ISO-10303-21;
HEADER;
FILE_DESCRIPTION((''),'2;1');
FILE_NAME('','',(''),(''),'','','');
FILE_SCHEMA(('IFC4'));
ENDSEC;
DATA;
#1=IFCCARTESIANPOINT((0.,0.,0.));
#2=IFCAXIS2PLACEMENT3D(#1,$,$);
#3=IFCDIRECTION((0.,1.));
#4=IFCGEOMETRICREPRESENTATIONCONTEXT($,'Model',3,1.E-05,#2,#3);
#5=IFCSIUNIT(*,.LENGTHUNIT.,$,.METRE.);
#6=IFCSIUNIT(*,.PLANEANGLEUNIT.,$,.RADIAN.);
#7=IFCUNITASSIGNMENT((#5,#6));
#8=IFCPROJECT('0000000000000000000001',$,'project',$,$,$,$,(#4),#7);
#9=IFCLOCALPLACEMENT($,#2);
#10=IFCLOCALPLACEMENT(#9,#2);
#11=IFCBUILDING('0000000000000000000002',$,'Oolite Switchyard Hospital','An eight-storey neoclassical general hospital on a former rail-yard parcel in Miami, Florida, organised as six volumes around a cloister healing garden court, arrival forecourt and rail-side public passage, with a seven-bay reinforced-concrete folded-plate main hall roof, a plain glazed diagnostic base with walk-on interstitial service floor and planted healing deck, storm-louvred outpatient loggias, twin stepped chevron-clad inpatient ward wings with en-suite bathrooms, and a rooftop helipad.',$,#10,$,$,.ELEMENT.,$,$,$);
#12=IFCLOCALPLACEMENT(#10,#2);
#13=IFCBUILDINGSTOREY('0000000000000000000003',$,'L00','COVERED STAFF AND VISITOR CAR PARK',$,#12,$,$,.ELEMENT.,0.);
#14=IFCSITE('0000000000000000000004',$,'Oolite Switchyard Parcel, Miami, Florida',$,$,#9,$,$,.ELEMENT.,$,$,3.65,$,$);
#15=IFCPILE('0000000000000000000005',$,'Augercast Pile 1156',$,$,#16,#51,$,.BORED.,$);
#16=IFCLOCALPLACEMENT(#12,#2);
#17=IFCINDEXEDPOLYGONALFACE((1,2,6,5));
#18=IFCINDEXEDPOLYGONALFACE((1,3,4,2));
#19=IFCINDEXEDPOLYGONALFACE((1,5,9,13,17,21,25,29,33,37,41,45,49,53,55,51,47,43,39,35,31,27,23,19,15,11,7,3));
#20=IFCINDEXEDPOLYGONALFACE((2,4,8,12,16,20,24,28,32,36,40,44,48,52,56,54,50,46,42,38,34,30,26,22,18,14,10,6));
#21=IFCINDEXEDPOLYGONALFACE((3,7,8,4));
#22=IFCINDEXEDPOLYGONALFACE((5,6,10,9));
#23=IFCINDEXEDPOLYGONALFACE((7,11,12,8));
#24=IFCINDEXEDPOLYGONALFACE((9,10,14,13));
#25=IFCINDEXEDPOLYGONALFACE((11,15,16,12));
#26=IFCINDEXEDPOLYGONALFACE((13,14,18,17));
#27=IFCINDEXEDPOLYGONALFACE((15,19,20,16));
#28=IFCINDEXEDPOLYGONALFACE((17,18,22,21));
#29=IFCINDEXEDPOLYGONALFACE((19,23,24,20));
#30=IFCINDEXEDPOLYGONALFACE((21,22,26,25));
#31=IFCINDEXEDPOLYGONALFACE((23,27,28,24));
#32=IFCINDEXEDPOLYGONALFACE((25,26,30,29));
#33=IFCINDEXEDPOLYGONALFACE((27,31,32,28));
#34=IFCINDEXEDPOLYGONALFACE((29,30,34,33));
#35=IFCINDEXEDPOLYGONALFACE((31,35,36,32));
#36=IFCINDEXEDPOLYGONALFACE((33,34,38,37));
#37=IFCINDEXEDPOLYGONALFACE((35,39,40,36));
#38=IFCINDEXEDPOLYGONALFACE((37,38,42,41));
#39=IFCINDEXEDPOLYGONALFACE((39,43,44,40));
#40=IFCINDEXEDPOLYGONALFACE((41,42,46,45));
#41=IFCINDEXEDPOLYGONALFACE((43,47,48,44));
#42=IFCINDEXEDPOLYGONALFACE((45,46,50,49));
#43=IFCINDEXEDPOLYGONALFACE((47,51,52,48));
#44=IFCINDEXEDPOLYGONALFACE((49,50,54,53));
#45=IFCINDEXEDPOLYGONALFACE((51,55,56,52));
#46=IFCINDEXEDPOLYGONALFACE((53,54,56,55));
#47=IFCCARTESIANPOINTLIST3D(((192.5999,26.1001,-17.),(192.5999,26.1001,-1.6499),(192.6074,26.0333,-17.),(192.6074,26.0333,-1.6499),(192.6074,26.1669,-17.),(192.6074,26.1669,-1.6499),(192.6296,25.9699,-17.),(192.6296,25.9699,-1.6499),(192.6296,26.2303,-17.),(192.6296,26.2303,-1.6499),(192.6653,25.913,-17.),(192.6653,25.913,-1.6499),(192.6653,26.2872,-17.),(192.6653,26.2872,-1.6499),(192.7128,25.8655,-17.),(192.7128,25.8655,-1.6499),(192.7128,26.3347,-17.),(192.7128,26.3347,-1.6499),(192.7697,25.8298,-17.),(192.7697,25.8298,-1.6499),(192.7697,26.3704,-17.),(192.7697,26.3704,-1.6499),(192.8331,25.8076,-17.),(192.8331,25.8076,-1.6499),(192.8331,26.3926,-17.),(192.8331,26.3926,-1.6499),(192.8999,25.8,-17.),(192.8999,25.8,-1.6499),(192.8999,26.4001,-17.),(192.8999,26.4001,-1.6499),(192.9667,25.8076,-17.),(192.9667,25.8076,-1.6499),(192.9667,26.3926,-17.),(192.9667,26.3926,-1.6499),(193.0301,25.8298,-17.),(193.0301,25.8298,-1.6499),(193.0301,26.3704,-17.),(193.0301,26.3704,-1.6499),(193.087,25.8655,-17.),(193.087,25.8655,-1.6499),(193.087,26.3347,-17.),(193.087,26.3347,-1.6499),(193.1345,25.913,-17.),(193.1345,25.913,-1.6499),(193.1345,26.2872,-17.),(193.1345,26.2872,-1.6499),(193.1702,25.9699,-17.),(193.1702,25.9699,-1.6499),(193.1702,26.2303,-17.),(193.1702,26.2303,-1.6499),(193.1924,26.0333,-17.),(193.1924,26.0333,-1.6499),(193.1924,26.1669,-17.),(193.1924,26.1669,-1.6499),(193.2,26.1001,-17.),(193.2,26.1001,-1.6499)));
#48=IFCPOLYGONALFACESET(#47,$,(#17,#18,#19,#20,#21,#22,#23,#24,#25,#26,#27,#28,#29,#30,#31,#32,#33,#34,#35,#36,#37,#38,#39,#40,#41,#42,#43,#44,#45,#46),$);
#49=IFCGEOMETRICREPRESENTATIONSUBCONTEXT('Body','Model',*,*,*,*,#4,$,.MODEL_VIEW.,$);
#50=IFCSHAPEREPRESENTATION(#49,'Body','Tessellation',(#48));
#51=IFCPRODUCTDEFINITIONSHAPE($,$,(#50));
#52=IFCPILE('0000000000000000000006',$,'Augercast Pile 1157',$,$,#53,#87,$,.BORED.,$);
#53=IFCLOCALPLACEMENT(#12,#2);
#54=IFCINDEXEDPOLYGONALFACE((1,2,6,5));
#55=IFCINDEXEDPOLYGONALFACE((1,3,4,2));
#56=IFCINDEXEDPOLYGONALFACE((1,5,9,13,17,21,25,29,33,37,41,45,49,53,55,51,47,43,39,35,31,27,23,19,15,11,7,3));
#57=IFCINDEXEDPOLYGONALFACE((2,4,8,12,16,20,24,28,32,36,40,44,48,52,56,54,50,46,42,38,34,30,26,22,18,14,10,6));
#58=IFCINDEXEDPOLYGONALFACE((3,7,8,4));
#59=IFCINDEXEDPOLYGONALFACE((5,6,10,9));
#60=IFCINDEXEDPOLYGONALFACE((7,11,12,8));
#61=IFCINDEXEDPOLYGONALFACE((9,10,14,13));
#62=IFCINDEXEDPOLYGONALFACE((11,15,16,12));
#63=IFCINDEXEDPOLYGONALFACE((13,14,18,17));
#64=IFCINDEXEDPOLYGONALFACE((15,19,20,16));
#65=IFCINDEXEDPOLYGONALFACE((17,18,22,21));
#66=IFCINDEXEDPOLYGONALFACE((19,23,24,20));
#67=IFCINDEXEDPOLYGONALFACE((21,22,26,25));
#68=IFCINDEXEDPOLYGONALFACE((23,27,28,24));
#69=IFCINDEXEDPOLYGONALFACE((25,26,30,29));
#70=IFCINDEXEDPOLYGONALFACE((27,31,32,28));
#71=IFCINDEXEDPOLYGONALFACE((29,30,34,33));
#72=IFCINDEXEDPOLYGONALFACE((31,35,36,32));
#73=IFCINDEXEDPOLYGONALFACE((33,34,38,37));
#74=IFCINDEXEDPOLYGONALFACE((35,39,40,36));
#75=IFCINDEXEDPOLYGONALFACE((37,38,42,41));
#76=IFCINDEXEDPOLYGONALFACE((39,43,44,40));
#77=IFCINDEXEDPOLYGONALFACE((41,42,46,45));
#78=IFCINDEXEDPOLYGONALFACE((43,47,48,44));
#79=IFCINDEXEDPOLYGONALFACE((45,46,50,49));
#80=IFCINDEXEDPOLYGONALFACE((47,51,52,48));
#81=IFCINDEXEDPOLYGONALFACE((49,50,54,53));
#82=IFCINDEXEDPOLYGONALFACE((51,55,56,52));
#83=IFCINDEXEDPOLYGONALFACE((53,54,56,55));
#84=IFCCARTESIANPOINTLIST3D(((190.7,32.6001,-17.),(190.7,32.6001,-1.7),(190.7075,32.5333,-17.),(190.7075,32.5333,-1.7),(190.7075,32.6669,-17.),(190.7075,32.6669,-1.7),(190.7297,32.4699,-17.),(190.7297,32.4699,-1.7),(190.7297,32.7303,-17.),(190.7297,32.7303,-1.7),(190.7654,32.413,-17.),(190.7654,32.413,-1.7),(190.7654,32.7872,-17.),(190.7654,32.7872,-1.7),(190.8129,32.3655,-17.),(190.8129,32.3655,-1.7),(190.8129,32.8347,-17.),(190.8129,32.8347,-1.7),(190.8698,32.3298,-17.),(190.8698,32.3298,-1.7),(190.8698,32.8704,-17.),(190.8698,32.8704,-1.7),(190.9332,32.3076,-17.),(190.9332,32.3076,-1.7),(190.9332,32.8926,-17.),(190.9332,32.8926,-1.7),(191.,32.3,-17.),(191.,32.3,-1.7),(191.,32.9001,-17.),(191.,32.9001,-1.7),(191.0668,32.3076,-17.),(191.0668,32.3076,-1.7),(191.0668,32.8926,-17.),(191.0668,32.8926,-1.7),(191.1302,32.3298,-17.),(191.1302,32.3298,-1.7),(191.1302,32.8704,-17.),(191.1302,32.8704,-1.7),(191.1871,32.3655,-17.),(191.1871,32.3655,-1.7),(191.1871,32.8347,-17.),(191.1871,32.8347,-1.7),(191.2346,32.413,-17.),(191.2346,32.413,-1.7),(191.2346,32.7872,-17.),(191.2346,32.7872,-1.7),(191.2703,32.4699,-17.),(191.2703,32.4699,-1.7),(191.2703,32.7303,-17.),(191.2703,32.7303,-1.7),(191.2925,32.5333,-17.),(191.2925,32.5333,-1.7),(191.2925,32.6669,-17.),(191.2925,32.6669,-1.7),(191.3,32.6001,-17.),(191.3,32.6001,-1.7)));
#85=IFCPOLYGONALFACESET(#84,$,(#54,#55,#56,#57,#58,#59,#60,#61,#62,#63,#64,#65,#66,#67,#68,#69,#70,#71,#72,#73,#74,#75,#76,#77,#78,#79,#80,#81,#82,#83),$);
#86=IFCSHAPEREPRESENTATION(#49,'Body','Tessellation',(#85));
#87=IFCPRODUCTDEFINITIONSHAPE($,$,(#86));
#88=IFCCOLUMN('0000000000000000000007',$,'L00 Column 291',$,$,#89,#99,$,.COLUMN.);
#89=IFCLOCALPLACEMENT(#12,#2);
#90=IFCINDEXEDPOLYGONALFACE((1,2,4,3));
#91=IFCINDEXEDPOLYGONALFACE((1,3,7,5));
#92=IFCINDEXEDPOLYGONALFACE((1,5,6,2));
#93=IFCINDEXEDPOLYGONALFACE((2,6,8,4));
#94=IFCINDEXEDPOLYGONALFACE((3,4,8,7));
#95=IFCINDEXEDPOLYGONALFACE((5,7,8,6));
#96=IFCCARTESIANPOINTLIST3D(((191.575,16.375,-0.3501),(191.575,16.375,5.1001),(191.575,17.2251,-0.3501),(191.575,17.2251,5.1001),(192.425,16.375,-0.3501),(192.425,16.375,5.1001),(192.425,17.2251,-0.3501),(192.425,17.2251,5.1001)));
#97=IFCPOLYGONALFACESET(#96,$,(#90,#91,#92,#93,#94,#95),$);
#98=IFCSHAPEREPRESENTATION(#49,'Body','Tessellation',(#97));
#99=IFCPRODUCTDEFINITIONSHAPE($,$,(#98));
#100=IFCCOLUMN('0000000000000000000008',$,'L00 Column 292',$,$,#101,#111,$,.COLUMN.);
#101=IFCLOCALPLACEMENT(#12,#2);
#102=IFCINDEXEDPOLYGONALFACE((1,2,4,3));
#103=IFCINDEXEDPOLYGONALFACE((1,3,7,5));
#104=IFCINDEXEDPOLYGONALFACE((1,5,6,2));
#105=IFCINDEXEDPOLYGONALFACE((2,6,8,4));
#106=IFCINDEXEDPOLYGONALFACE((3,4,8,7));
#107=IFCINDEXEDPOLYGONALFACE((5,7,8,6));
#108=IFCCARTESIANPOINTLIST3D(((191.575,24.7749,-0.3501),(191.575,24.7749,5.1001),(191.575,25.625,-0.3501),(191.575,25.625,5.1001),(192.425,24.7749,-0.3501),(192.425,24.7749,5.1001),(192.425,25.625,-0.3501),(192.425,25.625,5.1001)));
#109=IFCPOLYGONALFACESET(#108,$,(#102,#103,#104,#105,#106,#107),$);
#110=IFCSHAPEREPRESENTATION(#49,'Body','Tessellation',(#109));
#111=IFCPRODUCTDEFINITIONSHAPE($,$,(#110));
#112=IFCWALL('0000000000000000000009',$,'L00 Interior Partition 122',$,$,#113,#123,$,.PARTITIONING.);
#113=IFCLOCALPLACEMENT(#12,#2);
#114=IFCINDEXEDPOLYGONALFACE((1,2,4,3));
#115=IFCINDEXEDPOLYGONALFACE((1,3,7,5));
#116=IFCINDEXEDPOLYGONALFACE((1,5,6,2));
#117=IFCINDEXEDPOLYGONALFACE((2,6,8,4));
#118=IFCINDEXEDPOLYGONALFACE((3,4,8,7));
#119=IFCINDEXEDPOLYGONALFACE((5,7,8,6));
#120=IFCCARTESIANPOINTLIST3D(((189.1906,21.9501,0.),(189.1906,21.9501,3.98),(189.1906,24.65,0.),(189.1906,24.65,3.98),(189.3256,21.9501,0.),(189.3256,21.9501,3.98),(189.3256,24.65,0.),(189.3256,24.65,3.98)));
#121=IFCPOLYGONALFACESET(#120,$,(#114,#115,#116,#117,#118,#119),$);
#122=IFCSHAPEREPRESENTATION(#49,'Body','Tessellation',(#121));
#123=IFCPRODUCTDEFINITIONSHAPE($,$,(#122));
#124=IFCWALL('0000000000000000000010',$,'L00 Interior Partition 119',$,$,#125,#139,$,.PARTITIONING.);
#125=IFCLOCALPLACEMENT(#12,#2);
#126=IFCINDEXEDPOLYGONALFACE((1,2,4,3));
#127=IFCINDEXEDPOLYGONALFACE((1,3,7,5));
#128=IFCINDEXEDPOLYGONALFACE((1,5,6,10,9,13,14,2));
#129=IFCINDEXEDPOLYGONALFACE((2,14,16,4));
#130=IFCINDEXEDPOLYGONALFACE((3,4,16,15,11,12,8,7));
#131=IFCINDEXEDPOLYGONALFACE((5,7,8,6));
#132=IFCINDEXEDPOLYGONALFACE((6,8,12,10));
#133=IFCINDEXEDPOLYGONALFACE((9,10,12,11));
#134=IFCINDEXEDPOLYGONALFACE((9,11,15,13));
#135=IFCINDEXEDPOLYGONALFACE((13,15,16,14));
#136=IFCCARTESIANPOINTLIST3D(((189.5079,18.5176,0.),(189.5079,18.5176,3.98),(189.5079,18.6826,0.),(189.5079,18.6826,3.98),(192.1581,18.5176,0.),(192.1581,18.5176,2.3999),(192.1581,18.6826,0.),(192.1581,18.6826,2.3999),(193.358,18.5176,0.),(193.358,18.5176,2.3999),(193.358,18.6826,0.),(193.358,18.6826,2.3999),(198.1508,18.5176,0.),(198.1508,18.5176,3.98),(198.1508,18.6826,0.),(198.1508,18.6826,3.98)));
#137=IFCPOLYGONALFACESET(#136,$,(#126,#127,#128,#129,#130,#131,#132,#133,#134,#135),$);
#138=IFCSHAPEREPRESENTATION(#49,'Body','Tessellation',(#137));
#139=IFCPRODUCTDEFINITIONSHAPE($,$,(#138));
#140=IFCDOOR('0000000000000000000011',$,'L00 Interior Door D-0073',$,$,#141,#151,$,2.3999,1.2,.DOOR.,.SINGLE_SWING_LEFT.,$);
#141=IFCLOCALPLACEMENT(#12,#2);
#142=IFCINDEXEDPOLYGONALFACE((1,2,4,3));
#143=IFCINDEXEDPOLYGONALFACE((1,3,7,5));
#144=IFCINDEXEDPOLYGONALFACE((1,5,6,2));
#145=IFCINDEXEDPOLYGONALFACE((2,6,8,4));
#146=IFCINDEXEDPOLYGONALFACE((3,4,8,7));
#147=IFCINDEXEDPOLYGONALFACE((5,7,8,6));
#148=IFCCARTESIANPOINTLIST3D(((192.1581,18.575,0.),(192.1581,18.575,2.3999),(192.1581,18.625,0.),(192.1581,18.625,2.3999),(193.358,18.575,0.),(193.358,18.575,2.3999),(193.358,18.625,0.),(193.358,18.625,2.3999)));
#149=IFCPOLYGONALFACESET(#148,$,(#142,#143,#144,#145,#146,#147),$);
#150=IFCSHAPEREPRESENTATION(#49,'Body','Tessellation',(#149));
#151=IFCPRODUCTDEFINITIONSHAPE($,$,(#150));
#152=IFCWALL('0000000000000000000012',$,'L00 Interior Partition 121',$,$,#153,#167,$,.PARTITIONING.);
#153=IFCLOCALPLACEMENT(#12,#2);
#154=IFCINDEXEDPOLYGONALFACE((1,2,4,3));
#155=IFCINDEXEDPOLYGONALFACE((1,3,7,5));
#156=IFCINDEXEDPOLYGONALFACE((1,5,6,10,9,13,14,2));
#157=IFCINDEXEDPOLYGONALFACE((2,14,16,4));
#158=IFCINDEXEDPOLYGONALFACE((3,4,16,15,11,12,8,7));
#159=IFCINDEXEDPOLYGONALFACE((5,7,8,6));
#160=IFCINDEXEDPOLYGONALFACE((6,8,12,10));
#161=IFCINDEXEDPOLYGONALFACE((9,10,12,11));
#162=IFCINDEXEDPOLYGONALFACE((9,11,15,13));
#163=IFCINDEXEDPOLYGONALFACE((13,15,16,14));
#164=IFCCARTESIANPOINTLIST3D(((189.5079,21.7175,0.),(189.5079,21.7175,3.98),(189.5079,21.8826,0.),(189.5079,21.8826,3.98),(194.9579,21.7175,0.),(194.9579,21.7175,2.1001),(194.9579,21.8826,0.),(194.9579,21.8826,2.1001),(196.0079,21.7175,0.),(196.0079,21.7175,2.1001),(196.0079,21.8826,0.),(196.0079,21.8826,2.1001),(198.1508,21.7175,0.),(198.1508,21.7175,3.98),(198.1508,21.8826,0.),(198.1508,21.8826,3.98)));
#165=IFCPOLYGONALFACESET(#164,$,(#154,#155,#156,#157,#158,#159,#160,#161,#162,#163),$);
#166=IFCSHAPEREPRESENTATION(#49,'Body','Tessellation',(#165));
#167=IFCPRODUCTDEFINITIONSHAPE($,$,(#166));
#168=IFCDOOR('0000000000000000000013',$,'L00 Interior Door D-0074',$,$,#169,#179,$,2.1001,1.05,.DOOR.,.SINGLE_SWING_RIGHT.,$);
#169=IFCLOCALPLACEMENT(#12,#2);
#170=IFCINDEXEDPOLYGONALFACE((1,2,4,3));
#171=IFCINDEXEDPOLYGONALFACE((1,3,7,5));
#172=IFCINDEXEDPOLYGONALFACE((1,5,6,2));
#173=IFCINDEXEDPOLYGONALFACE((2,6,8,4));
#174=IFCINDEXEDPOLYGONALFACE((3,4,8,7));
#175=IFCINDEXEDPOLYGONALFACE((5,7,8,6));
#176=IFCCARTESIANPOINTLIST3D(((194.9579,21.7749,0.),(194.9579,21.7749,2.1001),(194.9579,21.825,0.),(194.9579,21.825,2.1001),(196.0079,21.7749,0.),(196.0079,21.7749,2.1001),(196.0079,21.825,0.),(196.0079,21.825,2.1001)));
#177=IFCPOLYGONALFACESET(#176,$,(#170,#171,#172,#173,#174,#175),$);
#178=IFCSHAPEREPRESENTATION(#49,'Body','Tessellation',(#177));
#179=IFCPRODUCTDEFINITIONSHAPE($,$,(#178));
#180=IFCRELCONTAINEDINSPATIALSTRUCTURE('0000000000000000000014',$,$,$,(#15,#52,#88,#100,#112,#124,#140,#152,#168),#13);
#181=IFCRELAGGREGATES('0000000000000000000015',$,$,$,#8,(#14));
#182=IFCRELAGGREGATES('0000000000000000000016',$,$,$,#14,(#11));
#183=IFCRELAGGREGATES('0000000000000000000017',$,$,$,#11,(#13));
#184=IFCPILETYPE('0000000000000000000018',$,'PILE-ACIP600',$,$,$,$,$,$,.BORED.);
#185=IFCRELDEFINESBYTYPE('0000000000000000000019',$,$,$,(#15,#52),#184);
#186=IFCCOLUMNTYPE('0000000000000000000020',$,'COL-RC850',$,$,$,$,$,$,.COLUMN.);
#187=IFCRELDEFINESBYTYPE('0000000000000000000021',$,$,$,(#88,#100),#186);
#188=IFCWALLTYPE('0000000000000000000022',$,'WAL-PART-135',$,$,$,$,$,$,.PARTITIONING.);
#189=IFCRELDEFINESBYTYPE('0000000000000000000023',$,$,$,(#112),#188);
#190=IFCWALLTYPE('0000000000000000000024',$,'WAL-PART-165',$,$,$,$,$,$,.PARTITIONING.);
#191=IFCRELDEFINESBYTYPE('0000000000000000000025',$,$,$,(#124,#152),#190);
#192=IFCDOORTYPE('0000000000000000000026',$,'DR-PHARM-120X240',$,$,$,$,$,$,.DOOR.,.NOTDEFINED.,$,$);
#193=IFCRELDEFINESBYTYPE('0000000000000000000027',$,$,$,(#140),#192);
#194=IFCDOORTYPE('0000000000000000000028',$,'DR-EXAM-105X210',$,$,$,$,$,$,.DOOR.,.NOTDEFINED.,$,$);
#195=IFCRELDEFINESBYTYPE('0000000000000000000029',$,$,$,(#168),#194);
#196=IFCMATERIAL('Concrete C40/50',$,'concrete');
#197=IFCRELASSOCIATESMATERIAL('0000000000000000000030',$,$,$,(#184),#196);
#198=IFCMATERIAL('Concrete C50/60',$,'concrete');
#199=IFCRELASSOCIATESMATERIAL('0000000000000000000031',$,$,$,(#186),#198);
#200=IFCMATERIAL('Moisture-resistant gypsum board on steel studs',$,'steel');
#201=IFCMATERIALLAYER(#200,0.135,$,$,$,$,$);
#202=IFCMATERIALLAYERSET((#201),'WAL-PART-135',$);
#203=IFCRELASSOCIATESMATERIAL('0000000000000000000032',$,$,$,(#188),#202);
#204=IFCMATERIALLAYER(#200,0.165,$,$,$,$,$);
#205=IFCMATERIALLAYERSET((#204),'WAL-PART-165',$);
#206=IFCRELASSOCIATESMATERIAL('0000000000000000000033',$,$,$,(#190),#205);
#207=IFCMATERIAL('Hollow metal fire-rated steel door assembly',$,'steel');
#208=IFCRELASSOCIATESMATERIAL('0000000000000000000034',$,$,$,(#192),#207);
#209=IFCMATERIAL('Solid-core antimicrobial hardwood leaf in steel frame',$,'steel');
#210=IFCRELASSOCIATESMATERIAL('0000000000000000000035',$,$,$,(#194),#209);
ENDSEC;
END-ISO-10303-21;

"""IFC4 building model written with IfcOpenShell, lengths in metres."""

from ifc_helpers import new_model, si_unit, direction, frame, frame_2d, origin, origin_2d, place, context, subcontext, project, spatial, rectangle, circle, extrude, material, layer, layer_set, material_profile, profile_set, type_object, element, fill, save


model = new_model("IFC4")

# Units and contexts
model_context = context("Model", 3, precision=1e-05, world=origin(), true_north=direction((0.0, 1.0)))
body_context = subcontext(model_context, "Body", "Model", "MODEL_VIEW")
ifc_project = project(units=[si_unit("LENGTHUNIT", "METRE"), si_unit("PLANEANGLEUNIT", "RADIAN")], contexts=[model_context])

# Site, building, storey
site_placement = place(None, origin())
site = spatial("IfcSite", under=ifc_project, at=site_placement, Name="Oolite Switchyard Parcel, Miami, Florida", CompositionType="ELEMENT", RefElevation=3.65)
building_placement = place(site_placement, origin())
building = spatial("IfcBuilding", under=site, at=building_placement, Name="Oolite Switchyard Hospital", Description="An eight-storey neoclassical general hospital on a former rail-yard parcel in Miami, Florida, organised as six volumes around a cloister healing garden court, arrival forecourt and rail-side public passage, with a seven-bay reinforced-concrete folded-plate main hall roof, a plain glazed diagnostic base with walk-on interstitial service floor and planted healing deck, storm-louvred outpatient loggias, twin stepped chevron-clad inpatient ward wings with en-suite bathrooms, and a rooftop helipad.", CompositionType="ELEMENT")
storey_placement = place(building_placement, origin())
storey = spatial("IfcBuildingStorey", under=building, at=storey_placement, Name="L00", Description="COVERED STAFF AND VISITOR CAR PARK", CompositionType="ELEMENT", Elevation=0.0)

# Shared definitions
ifc_material_1 = material(Name="Concrete C40/50", Category="concrete")

# Piles
ifc_material_profile_1 = material_profile(ifc_material_1, circle(Radius=0.3, at=origin_2d()), Name="PILE600")
ifc_profile_set_1 = profile_set([ifc_material_profile_1], Name="Concrete C40/50")
pile_type = type_object("IfcPileType", Name="PILE-ACIP600", PredefinedType="BORED", material=ifc_profile_set_1)
for number, where, z_axis, x_axis, name in (
    (1, (192.8999, 26.1001, -1.6499), (0.0, 0.0, -1.0), (1.0, 0.0, 0.0), "Augercast Pile 1156"),
):
    element("IfcPile", number, at=place(storey_placement, frame(where, z_axis=z_axis, x_axis=x_axis)), inside=storey, type_object=pile_type, Name=name, PredefinedType="BORED", context=body_context, shape_type="SweptSolid", body=[
        extrude(circle(Radius=0.3, at=origin_2d()), origin(), (0.0, 0.0, 1.0), 15.3501),
    ])
pile_placement = place(storey_placement, frame((191.0, 32.6001, -1.7), z_axis=(0.0, 0.0, -1.0), x_axis=(1.0, 0.0, 0.0)))
element("IfcPile", 2, at=pile_placement, inside=storey, type_object=pile_type, Name="Augercast Pile 1157", PredefinedType="BORED", context=body_context, shape_type="SweptSolid", body=[
    extrude(circle(Radius=0.3, at=origin_2d()), origin(), (0.0, 0.0, 1.0), 15.3),
])

# Columns
ifc_material_2 = material(Name="Concrete C50/60", Category="concrete")
ifc_material_profile_2 = material_profile(ifc_material_2, rectangle(XDim=0.8501, YDim=0.8501, at=origin_2d()), Name="RC850X850")
ifc_profile_set_2 = profile_set([ifc_material_profile_2], Name="Concrete C50/60")
column_type = type_object("IfcColumnType", Name="COL-RC850", PredefinedType="COLUMN", material=ifc_profile_set_2)
for number, where, z_axis, x_axis, name in (
    (3, (192.0, 16.8, -0.3501), (0.0, 0.0, 1.0), (1.0, 0.0, 0.0), "L00 Column 291"),
    (4, (192.0, 25.2, -0.3501), (0.0, 0.0, 1.0), (1.0, 0.0, 0.0), "L00 Column 292"),
):
    element("IfcColumn", number, at=place(storey_placement, frame(where, z_axis=z_axis, x_axis=x_axis)), inside=storey, type_object=column_type, Name=name, PredefinedType="COLUMN", context=body_context, shape_type="SweptSolid", body=[
        extrude(rectangle(XDim=0.8501, YDim=0.8501, at=origin_2d()), origin(), (0.0, 0.0, 1.0), 5.4502),
    ])

# Wall
ifc_material_3 = material(Name="Moisture-resistant gypsum board on steel studs", Category="steel")
ifc_layer_1 = layer(ifc_material_3, 0.135)
ifc_layer_set_1 = layer_set([ifc_layer_1], Name="WAL-PART-135")
wall_type_1 = type_object("IfcWallType", Name="WAL-PART-135", PredefinedType="PARTITIONING", material=ifc_layer_set_1)
wall_1_placement = place(storey_placement, frame((189.2581, 21.95, 0.0), z_axis=(0.0, 0.0, 1.0), x_axis=(0.0, 1.0, 0.0)))
element("IfcWall", 5, at=wall_1_placement, inside=storey, type_object=wall_type_1, Name="L00 Interior Partition 122", PredefinedType="PARTITIONING", context=body_context, shape_type="SweptSolid", body=[
    extrude(rectangle(XDim=2.7, YDim=0.135, at=frame_2d((1.3501, 0.0))), origin(), (0.0, 0.0, 1.0), 3.98),
])

# Walls, openings, doors
ifc_layer_2 = layer(ifc_material_3, 0.165)
ifc_layer_set_2 = layer_set([ifc_layer_2], Name="WAL-PART-165")
wall_type_2 = type_object("IfcWallType", Name="WAL-PART-165", PredefinedType="PARTITIONING", material=ifc_layer_set_2)
wall_2_placement = place(storey_placement, frame((189.5081, 18.6001, 0.0), z_axis=(0.0, 0.0, 1.0), x_axis=(1.0, 0.0, 0.0)))
wall_2 = element("IfcWall", 6, at=wall_2_placement, inside=storey, type_object=wall_type_2, Name="L00 Interior Partition 119", PredefinedType="PARTITIONING", context=body_context, shape_type="SweptSolid", body=[
    extrude(rectangle(XDim=8.6428, YDim=0.165, at=frame_2d((4.3213, 0.0))), origin(), (0.0, 0.0, 1.0), 3.98),
])
opening_1_placement = place(wall_2_placement, frame((2.6499, 0.0, 0.0)))
opening_1 = element("IfcOpeningElement", 7, at=opening_1_placement, cuts=wall_2, PredefinedType="OPENING", context=body_context, shape_type="SweptSolid", body=[
    extrude(rectangle(XDim=1.2, YDim=2.3999, at=frame_2d((0.6001, 1.2))), frame((0.0, 0.0925, 0.0), z_axis=(0.0, -1.0, 0.0), x_axis=(1.0, 0.0, 0.0)), (0.0, 0.0, 1.0), 0.1851),
])
ifc_material_4 = material(Name="Hollow metal fire-rated steel door assembly", Category="steel")
door_type_1 = type_object("IfcDoorType", Name="DR-PHARM-120X240", OperationType="NOTDEFINED", PredefinedType="DOOR", material=ifc_material_4)
door_1_placement = place(opening_1_placement, origin())
door_1 = element("IfcDoor", 8, at=door_1_placement, inside=storey, type_object=door_type_1, Name="L00 Interior Door D-0073", OperationType="SINGLE_SWING_LEFT", OverallHeight=2.3999, OverallWidth=1.2, PredefinedType="DOOR", context=body_context, shape_type="SweptSolid", body=[
    extrude(rectangle(XDim=1.2, YDim=2.3999, at=frame_2d((0.6001, 1.2))), frame((0.0, 0.0249, 0.0), z_axis=(0.0, -1.0, 0.0), x_axis=(1.0, 0.0, 0.0)), (0.0, 0.0, 1.0), 0.05),
])
fill(opening_1, door_1)
wall_3_placement = place(storey_placement, frame((189.5081, 21.8, 0.0), z_axis=(0.0, 0.0, 1.0), x_axis=(1.0, 0.0, 0.0)))
wall_3 = element("IfcWall", 9, at=wall_3_placement, inside=storey, type_object=wall_type_2, Name="L00 Interior Partition 121", PredefinedType="PARTITIONING", context=body_context, shape_type="SweptSolid", body=[
    extrude(rectangle(XDim=8.6428, YDim=0.165, at=frame_2d((4.3213, 0.0))), origin(), (0.0, 0.0, 1.0), 3.98),
])
opening_2_placement = place(wall_3_placement, frame((5.45, 0.0, 0.0)))
opening_2 = element("IfcOpeningElement", 10, at=opening_2_placement, cuts=wall_3, PredefinedType="OPENING", context=body_context, shape_type="SweptSolid", body=[
    extrude(rectangle(XDim=1.05, YDim=2.1001, at=frame_2d((0.5249, 1.05))), frame((0.0, 0.0925, 0.0), z_axis=(0.0, -1.0, 0.0), x_axis=(1.0, 0.0, 0.0)), (0.0, 0.0, 1.0), 0.1851),
])
ifc_material_5 = material(Name="Solid-core antimicrobial hardwood leaf in steel frame", Category="steel")
door_type_2 = type_object("IfcDoorType", Name="DR-EXAM-105X210", OperationType="NOTDEFINED", PredefinedType="DOOR", material=ifc_material_5)
door_2_placement = place(opening_2_placement, origin())
door_2 = element("IfcDoor", 11, at=door_2_placement, inside=storey, type_object=door_type_2, Name="L00 Interior Door D-0074", OperationType="SINGLE_SWING_RIGHT", OverallHeight=2.1001, OverallWidth=1.05, PredefinedType="DOOR", context=body_context, shape_type="SweptSolid", body=[
    extrude(rectangle(XDim=1.05, YDim=2.1001, at=frame_2d((0.5249, 1.05))), frame((0.0, 0.0249, 0.0), z_axis=(0.0, -1.0, 0.0), x_axis=(1.0, 0.0, 0.0)), (0.0, 0.0, 1.0), 0.05),
])
fill(opening_2, door_2)

save(model, "model.ifc")
